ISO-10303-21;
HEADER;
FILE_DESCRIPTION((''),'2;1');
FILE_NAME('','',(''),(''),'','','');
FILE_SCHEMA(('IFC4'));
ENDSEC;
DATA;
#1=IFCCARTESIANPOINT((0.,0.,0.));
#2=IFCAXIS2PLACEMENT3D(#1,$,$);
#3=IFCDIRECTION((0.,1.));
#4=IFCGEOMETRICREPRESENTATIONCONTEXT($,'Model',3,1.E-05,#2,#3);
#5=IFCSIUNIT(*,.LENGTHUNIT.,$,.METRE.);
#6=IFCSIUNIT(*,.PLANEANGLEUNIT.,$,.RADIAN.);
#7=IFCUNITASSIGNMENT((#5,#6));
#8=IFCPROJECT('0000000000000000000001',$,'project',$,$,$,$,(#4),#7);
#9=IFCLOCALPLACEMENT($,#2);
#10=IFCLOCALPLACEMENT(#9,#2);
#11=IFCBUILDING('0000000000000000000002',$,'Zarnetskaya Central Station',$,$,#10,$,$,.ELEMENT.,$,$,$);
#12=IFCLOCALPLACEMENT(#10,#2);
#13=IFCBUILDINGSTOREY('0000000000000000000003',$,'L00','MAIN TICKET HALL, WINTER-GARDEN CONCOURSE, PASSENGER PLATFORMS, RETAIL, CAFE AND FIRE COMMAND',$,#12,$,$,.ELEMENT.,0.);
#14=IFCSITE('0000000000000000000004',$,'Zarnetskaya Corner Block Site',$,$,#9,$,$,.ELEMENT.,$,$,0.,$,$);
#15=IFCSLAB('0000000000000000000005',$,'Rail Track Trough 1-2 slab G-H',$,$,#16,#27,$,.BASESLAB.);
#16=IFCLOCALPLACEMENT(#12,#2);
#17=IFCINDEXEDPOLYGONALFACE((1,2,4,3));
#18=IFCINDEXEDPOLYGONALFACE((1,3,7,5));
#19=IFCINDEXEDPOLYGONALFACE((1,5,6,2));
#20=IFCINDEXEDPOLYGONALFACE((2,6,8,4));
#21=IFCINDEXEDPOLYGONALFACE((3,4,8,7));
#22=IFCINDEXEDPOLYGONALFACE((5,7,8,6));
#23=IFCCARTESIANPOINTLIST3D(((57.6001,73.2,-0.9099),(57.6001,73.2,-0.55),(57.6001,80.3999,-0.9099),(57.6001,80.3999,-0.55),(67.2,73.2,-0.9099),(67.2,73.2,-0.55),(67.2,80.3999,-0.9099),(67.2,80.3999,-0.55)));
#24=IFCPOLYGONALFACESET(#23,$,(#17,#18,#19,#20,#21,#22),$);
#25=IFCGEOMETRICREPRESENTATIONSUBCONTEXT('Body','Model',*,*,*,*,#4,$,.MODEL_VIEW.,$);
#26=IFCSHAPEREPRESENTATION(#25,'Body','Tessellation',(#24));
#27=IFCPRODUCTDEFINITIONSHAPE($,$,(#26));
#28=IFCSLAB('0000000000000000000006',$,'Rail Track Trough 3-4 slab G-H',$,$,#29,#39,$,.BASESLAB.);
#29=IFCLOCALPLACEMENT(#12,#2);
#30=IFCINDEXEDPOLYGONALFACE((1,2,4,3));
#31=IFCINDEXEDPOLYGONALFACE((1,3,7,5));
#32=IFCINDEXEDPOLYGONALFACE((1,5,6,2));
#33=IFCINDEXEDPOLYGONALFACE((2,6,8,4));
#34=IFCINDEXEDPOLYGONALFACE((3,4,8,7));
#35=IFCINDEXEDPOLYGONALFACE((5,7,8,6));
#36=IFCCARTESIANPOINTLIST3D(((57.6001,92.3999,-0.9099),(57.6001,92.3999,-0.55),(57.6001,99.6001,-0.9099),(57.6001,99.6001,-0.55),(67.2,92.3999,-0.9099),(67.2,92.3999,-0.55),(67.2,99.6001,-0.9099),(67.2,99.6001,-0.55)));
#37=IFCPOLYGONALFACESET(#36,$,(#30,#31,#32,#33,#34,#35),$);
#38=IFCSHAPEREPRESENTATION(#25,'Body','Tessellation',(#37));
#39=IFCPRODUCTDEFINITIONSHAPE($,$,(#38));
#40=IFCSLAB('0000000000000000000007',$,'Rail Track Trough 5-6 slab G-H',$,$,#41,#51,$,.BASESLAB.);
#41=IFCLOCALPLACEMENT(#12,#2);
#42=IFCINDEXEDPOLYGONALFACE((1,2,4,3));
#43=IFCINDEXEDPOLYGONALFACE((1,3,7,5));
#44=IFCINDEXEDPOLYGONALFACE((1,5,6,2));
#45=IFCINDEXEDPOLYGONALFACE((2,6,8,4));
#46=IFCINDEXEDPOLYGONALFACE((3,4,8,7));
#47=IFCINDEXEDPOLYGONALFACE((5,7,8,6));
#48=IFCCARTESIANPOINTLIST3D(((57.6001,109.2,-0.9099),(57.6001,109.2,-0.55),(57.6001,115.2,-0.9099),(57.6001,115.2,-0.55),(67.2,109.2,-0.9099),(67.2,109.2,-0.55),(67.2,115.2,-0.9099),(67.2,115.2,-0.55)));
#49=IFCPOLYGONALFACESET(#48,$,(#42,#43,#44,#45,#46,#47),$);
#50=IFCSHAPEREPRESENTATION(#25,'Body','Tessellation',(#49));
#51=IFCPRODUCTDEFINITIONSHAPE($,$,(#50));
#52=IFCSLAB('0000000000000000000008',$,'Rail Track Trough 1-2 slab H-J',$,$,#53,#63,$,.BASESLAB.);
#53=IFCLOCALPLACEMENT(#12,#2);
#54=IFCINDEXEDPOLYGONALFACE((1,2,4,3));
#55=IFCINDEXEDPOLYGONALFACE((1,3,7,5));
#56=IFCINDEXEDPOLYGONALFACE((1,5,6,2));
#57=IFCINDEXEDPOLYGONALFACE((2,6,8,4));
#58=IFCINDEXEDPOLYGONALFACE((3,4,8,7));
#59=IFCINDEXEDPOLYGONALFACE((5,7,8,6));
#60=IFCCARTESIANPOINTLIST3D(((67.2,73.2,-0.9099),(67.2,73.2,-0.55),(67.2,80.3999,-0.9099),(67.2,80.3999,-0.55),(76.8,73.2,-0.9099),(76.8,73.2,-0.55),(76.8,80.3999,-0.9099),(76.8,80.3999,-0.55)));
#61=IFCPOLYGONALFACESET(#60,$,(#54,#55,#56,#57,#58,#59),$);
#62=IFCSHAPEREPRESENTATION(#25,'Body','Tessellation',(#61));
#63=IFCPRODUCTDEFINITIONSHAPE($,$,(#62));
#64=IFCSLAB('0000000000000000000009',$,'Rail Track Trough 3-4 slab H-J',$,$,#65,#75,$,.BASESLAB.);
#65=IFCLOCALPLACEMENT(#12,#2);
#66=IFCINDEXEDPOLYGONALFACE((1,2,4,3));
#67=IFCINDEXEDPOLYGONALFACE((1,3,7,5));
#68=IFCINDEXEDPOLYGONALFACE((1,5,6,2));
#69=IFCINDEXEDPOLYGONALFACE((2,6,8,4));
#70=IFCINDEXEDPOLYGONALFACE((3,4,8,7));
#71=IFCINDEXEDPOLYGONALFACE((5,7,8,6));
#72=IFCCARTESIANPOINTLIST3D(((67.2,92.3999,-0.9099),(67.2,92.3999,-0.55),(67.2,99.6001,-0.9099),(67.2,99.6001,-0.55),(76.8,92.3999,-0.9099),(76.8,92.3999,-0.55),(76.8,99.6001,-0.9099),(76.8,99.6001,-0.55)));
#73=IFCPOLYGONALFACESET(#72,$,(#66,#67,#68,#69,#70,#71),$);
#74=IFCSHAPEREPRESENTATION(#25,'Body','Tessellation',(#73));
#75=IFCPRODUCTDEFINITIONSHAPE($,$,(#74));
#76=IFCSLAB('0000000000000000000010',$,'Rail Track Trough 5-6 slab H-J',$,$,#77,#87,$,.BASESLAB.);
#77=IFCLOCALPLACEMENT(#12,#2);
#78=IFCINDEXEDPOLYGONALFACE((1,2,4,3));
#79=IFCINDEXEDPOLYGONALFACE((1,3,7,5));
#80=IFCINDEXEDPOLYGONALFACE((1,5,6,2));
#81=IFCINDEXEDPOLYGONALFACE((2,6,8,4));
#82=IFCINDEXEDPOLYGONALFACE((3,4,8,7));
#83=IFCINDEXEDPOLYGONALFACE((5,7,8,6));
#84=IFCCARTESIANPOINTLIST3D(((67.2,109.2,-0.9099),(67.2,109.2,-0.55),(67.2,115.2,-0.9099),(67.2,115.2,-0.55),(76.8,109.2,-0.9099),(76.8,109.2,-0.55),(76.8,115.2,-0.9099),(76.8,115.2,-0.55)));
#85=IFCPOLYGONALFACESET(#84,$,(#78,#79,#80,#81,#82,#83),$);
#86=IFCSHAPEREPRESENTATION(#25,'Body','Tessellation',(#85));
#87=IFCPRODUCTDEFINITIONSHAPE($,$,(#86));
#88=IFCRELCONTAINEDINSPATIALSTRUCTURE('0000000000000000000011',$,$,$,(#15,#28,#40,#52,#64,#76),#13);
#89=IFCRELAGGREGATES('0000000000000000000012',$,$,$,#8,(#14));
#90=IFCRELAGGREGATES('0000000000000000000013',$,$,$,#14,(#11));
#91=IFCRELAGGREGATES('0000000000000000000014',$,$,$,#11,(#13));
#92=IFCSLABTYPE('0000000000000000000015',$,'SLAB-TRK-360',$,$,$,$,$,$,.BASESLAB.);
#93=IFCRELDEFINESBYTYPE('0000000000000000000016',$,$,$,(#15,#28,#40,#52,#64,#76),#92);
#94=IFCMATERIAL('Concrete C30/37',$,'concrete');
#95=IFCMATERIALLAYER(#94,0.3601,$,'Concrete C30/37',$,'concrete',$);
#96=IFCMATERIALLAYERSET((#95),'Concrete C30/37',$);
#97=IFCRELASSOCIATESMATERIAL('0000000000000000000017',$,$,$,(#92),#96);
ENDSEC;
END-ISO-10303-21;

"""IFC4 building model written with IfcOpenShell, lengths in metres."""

from ifc_helpers import new_model, si_unit, direction, frame, origin, place, context, subcontext, project, spatial, polyline, outline, extrude, material, layer, layer_set, type_object, element, save


model = new_model("IFC4")

# Units and contexts
model_context = context("Model", 3, precision=1e-05, world=origin(), true_north=direction((0.0, 1.0)))
body_context = subcontext(model_context, "Body", "Model", "MODEL_VIEW")
ifc_project = project(units=[si_unit("LENGTHUNIT", "METRE"), si_unit("PLANEANGLEUNIT", "RADIAN")], contexts=[model_context])

# Site, building, storey
site_placement = place(None, origin())
site = spatial("IfcSite", under=ifc_project, at=site_placement, Name="Zarnetskaya Corner Block Site", CompositionType="ELEMENT", RefElevation=0.0)
building_placement = place(site_placement, origin())
building = spatial("IfcBuilding", under=site, at=building_placement, Name="Zarnetskaya Central Station", CompositionType="ELEMENT")
storey_placement = place(building_placement, origin())
storey = spatial("IfcBuildingStorey", under=building, at=storey_placement, Name="L00", Description="MAIN TICKET HALL, WINTER-GARDEN CONCOURSE, PASSENGER PLATFORMS, RETAIL, CAFE AND FIRE COMMAND", CompositionType="ELEMENT", Elevation=0.0)

# Slabs
ifc_material = material(Name="Concrete C30/37", Category="concrete")
ifc_layer = layer(ifc_material, 0.3601, Name="Concrete C30/37", Category="concrete")
ifc_layer_set = layer_set([ifc_layer], Name="Concrete C30/37")
slab_type = type_object("IfcSlabType", Name="SLAB-TRK-360", PredefinedType="BASESLAB", material=ifc_layer_set)
slab_1_placement = place(storey_placement, frame((0.0, 0.0, -0.9099)))
element("IfcSlab", 1, at=slab_1_placement, inside=storey, type_object=slab_type, Name="Rail Track Trough 1-2 slab G-H", PredefinedType="BASESLAB", context=body_context, shape_type="SweptSolid", body=[
    extrude(outline(polyline([(57.6001, 73.2), (67.2, 73.2), (67.2, 80.3999), (57.6001, 80.3999), (57.6001, 73.2)])), origin(), (0.0, 0.0, 1.0), 0.3599),
])
slab_2_placement = place(storey_placement, frame((0.0, 0.0, -0.9099)))
element("IfcSlab", 2, at=slab_2_placement, inside=storey, type_object=slab_type, Name="Rail Track Trough 3-4 slab G-H", PredefinedType="BASESLAB", context=body_context, shape_type="SweptSolid", body=[
    extrude(outline(polyline([(57.6001, 92.3999), (67.2, 92.3999), (67.2, 99.6001), (57.6001, 99.6001), (57.6001, 92.3999)])), origin(), (0.0, 0.0, 1.0), 0.3599),
])
slab_3_placement = place(storey_placement, frame((0.0, 0.0, -0.9099)))
element("IfcSlab", 3, at=slab_3_placement, inside=storey, type_object=slab_type, Name="Rail Track Trough 5-6 slab G-H", PredefinedType="BASESLAB", context=body_context, shape_type="SweptSolid", body=[
    extrude(outline(polyline([(57.6001, 109.2), (67.2, 109.2), (67.2, 115.2), (57.6001, 115.2), (57.6001, 109.2)])), origin(), (0.0, 0.0, 1.0), 0.3599),
])
slab_4_placement = place(storey_placement, frame((0.0, 0.0, -0.9099)))
element("IfcSlab", 4, at=slab_4_placement, inside=storey, type_object=slab_type, Name="Rail Track Trough 1-2 slab H-J", PredefinedType="BASESLAB", context=body_context, shape_type="SweptSolid", body=[
    extrude(outline(polyline([(67.2, 73.2), (76.8, 73.2), (76.8, 80.3999), (67.2, 80.3999), (67.2, 73.2)])), origin(), (0.0, 0.0, 1.0), 0.3599),
])
slab_5_placement = place(storey_placement, frame((0.0, 0.0, -0.9099)))
element("IfcSlab", 5, at=slab_5_placement, inside=storey, type_object=slab_type, Name="Rail Track Trough 3-4 slab H-J", PredefinedType="BASESLAB", context=body_context, shape_type="SweptSolid", body=[
    extrude(outline(polyline([(67.2, 92.3999), (76.8, 92.3999), (76.8, 99.6001), (67.2, 99.6001), (67.2, 92.3999)])), origin(), (0.0, 0.0, 1.0), 0.3599),
])
slab_6_placement = place(storey_placement, frame((0.0, 0.0, -0.9099)))
element("IfcSlab", 6, at=slab_6_placement, inside=storey, type_object=slab_type, Name="Rail Track Trough 5-6 slab H-J", PredefinedType="BASESLAB", context=body_context, shape_type="SweptSolid", body=[
    extrude(outline(polyline([(67.2, 109.2), (76.8, 109.2), (76.8, 115.2), (67.2, 115.2), (67.2, 109.2)])), origin(), (0.0, 0.0, 1.0), 0.3599),
])

save(model, "model.ifc")
